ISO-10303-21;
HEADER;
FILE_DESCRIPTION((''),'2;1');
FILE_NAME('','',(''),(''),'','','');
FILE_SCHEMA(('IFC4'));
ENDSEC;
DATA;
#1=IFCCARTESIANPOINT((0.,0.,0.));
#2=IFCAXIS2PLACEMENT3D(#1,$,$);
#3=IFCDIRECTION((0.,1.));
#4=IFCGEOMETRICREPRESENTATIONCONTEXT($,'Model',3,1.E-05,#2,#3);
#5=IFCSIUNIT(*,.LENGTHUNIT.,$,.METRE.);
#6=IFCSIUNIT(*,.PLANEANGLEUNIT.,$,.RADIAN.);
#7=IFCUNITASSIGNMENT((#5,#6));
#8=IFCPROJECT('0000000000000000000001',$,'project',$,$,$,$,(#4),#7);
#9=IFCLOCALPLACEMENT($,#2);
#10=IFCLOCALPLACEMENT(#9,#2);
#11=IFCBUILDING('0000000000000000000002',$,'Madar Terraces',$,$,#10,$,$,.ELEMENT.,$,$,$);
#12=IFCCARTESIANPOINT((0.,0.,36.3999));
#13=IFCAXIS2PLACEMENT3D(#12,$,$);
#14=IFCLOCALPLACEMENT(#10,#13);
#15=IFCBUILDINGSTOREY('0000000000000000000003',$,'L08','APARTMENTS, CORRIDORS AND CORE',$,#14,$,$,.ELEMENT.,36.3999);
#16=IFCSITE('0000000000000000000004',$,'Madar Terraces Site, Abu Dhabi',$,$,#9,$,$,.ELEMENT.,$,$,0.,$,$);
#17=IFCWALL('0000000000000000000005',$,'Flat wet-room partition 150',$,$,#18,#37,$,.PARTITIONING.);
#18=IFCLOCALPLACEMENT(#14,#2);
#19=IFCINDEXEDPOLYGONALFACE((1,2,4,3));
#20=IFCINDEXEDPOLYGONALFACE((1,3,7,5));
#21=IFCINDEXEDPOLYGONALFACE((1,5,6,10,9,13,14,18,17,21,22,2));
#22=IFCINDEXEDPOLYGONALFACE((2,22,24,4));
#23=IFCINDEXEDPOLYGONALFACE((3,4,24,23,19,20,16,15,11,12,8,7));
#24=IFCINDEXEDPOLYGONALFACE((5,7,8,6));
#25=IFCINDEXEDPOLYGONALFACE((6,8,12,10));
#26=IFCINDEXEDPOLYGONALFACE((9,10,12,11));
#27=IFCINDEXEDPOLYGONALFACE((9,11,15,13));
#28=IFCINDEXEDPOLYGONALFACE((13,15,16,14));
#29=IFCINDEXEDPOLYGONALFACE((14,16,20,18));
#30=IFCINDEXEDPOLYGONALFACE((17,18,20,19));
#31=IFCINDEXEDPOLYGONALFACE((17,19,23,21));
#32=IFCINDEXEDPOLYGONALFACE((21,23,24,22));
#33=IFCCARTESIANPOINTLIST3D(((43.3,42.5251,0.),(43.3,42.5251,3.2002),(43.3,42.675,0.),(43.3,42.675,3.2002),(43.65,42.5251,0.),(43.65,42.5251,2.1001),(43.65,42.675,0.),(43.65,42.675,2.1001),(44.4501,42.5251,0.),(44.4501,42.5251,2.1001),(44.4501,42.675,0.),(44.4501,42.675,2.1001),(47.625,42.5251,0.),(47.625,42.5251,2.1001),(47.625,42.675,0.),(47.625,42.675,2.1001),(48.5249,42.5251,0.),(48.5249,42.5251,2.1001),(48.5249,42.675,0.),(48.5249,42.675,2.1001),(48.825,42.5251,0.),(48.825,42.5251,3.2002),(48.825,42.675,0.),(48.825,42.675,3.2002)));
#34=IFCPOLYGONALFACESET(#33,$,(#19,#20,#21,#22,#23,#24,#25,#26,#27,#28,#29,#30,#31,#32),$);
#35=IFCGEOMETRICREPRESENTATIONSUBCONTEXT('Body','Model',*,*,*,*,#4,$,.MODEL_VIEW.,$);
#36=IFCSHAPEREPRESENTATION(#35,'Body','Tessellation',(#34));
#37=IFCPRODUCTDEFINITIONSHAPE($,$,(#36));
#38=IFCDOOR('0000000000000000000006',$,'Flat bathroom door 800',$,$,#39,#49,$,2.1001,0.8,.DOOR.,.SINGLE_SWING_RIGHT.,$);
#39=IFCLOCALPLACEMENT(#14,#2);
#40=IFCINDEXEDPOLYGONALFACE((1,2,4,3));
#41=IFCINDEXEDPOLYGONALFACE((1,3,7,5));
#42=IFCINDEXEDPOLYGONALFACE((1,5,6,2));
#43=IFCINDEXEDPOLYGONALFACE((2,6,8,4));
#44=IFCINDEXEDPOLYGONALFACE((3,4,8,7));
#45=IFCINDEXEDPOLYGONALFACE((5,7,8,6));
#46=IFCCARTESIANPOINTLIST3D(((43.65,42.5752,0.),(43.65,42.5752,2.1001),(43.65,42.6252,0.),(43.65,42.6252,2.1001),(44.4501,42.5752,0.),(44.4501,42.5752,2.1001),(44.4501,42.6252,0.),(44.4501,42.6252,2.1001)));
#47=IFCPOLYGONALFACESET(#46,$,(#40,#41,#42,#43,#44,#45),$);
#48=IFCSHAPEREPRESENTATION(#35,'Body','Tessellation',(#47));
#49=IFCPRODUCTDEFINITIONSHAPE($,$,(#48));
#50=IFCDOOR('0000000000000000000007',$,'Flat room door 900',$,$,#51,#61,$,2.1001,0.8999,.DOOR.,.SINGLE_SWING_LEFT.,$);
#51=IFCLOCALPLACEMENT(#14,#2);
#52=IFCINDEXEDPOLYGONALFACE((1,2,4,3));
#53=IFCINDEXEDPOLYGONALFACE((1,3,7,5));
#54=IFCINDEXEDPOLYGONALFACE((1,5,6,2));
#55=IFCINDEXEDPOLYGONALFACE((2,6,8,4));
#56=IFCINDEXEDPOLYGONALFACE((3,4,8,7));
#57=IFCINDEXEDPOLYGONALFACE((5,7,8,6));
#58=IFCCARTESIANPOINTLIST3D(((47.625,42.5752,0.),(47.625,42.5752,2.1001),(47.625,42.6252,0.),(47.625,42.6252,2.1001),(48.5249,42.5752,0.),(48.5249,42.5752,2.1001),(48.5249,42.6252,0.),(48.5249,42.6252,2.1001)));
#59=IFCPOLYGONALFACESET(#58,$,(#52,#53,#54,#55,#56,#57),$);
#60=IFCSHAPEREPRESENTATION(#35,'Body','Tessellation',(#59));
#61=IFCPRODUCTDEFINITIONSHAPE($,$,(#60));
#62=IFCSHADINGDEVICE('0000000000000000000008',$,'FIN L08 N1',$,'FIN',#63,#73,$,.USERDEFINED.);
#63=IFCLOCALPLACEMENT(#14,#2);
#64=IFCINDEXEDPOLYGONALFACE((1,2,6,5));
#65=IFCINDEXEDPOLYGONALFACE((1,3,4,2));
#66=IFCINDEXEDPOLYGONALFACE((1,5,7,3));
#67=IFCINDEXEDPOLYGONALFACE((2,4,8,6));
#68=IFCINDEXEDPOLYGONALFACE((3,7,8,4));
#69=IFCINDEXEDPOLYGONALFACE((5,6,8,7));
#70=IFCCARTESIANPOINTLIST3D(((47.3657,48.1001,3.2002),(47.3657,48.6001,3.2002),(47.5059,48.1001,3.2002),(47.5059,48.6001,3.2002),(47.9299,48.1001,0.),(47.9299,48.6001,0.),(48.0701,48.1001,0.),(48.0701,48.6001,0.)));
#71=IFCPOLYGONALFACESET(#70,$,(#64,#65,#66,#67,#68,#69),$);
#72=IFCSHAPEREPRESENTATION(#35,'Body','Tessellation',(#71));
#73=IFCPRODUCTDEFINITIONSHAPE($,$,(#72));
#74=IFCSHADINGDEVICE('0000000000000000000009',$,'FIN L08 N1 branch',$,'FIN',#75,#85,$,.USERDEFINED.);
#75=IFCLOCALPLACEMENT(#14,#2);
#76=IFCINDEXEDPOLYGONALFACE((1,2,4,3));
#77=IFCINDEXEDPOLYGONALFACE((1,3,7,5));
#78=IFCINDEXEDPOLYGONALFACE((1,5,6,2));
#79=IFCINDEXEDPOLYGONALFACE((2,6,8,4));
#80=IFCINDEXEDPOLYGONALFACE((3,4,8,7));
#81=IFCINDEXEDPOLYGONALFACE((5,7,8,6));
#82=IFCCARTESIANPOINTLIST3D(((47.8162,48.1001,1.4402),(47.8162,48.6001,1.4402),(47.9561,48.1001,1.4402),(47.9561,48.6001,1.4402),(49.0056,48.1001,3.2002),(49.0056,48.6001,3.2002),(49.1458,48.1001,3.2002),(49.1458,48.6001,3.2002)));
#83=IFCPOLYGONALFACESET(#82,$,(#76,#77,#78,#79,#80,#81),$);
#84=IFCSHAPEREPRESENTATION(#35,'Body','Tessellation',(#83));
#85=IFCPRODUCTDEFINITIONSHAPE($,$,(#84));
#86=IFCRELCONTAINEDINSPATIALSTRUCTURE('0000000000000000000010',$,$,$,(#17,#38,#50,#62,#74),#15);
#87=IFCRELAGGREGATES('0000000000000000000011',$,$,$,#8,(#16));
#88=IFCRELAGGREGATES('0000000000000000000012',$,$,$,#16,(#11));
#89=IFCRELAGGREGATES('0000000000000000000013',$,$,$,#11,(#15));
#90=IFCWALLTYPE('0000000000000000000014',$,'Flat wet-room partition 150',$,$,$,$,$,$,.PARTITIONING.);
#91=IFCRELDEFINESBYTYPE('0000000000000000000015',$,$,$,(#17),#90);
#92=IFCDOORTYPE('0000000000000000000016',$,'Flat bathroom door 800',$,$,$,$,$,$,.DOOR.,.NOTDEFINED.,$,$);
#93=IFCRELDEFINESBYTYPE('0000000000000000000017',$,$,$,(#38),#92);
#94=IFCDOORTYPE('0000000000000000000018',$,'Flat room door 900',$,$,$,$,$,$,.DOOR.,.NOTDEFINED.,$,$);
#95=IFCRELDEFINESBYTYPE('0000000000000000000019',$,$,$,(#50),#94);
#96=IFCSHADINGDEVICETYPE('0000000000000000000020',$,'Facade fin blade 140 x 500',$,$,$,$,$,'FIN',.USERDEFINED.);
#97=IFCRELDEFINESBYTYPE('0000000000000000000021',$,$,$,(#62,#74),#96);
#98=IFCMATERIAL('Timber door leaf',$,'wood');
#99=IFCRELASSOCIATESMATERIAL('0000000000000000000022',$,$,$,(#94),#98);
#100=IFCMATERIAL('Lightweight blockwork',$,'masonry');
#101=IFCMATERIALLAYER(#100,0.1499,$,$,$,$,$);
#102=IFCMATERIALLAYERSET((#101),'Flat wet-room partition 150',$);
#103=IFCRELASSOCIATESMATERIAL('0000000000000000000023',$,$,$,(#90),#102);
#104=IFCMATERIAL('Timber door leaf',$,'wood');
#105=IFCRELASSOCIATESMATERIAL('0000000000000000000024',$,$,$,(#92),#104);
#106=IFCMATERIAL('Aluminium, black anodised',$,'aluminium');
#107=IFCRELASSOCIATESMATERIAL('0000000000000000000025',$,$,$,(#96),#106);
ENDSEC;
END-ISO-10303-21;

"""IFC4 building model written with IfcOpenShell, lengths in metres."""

from ifc_helpers import new_model, si_unit, direction, frame, frame_2d, origin, place, context, subcontext, project, spatial, polyline, rectangle, outline, extrude, material, layer, layer_set, type_object, element, fill, save


model = new_model("IFC4")

# Units and contexts
model_context = context("Model", 3, precision=1e-05, world=origin(), true_north=direction((0.0, 1.0)))
body_context = subcontext(model_context, "Body", "Model", "MODEL_VIEW")
ifc_project = project(units=[si_unit("LENGTHUNIT", "METRE"), si_unit("PLANEANGLEUNIT", "RADIAN")], contexts=[model_context])

# Site, building, storey
site_placement = place(None, origin())
site = spatial("IfcSite", under=ifc_project, at=site_placement, Name="Madar Terraces Site, Abu Dhabi", CompositionType="ELEMENT", RefElevation=0.0)
building_placement = place(site_placement, origin())
building = spatial("IfcBuilding", under=site, at=building_placement, Name="Madar Terraces", CompositionType="ELEMENT")
storey_placement = place(building_placement, frame((0.0, 0.0, 36.3999)))
storey = spatial("IfcBuildingStorey", under=building, at=storey_placement, Name="L08", Description="APARTMENTS, CORRIDORS AND CORE", CompositionType="ELEMENT", Elevation=36.3999)

# Shared definitions
ifc_material_1 = material(Name="Timber door leaf", Category="wood")
door_type_1 = type_object("IfcDoorType", Name="Flat room door 900", OperationType="NOTDEFINED", PredefinedType="DOOR", material=ifc_material_1)

# Shared definitions
ifc_material_2 = material(Name="Lightweight blockwork", Category="masonry")
ifc_layer_1 = layer(ifc_material_2, 0.1499)
ifc_layer_set_1 = layer_set([ifc_layer_1], Name="Flat wet-room partition 150")
wall_type_1 = type_object("IfcWallType", Name="Flat wet-room partition 150", PredefinedType="PARTITIONING", material=ifc_layer_set_1)

# Wall, openings, doors
wall_1_placement = place(storey_placement, frame((48.825, 42.6001, 0.0), z_axis=(0.0, 0.0, 1.0), x_axis=(-1.0, 0.0, 0.0)))
wall_1 = element("IfcWall", 1, at=wall_1_placement, inside=storey, type_object=wall_type_1, Name="Flat wet-room partition 150", PredefinedType="PARTITIONING", context=body_context, shape_type="SweptSolid", body=[
    extrude(rectangle(XDim=5.5249, YDim=0.1499, at=frame_2d((2.7625, 0.0))), origin(), (0.0, 0.0, 1.0), 3.2002),
])
opening_1_placement = place(wall_1_placement, frame((0.3, 0.0, 0.0)))
opening_1 = element("IfcOpeningElement", 2, at=opening_1_placement, cuts=wall_1, PredefinedType="OPENING", context=body_context, shape_type="SweptSolid", body=[
    extrude(rectangle(XDim=0.8999, YDim=2.1001, at=frame_2d((0.45, 1.05))), frame((0.0, 0.085, 0.0), z_axis=(0.0, -1.0, 0.0), x_axis=(1.0, 0.0, 0.0)), (0.0, 0.0, 1.0), 0.1699),
])
opening_2_placement = place(wall_1_placement, frame((4.375, 0.0, 0.0)))
opening_2 = element("IfcOpeningElement", 3, at=opening_2_placement, cuts=wall_1, PredefinedType="OPENING", context=body_context, shape_type="SweptSolid", body=[
    extrude(rectangle(XDim=0.8, YDim=2.1001, at=frame_2d((0.3999, 1.05))), frame((0.0, 0.085, 0.0), z_axis=(0.0, -1.0, 0.0), x_axis=(1.0, 0.0, 0.0)), (0.0, 0.0, 1.0), 0.1699),
])
ifc_material_3 = material(Name="Timber door leaf", Category="wood")
door_type_2 = type_object("IfcDoorType", Name="Flat bathroom door 800", OperationType="NOTDEFINED", PredefinedType="DOOR", material=ifc_material_3)
door_1_placement = place(opening_2_placement, origin())
door_1 = element("IfcDoor", 4, at=door_1_placement, inside=storey, type_object=door_type_2, Name="Flat bathroom door 800", OperationType="SINGLE_SWING_RIGHT", OverallHeight=2.1001, OverallWidth=0.8, PredefinedType="DOOR", context=body_context, shape_type="SweptSolid", body=[
    extrude(rectangle(XDim=0.8, YDim=2.1001, at=frame_2d((0.3999, 1.05))), frame((0.0, 0.0249, 0.0), z_axis=(0.0, -1.0, 0.0), x_axis=(1.0, 0.0, 0.0)), (0.0, 0.0, 1.0), 0.05),
])
fill(opening_2, door_1)
door_2_placement = place(opening_1_placement, origin())
door_2 = element("IfcDoor", 5, at=door_2_placement, inside=storey, type_object=door_type_1, Name="Flat room door 900", OperationType="SINGLE_SWING_LEFT", OverallHeight=2.1001, OverallWidth=0.8999, PredefinedType="DOOR", context=body_context, shape_type="SweptSolid", body=[
    extrude(rectangle(XDim=0.8999, YDim=2.1001, at=frame_2d((0.45, 1.05))), frame((0.0, 0.0249, 0.0), z_axis=(0.0, -1.0, 0.0), x_axis=(1.0, 0.0, 0.0)), (0.0, 0.0, 1.0), 0.05),
])
fill(opening_1, door_2)

# Shading devices
ifc_material_4 = material(Name="Aluminium, black anodised", Category="aluminium")
shading_device_type = type_object("IfcShadingDeviceType", Name="Facade fin blade 140 x 500", ElementType="FIN", PredefinedType="USERDEFINED", material=ifc_material_4)
shading_device_1_placement = place(storey_placement, frame((48.0701, 48.3501, 0.0), z_axis=(0.0, 0.0, 1.0), x_axis=(-1.0, 0.0, 0.0)))
element("IfcShadingDevice", 6, at=shading_device_1_placement, inside=storey, type_object=shading_device_type, Name="FIN L08 N1", ObjectType="FIN", PredefinedType="USERDEFINED", context=body_context, shape_type="SweptSolid", body=[
    extrude(outline(polyline([(0.0, 0.0), (0.1401, 0.0), (0.7043, 3.2002), (0.5642, 3.2002), (0.0, 0.0)])), frame((0.0, 0.25, 0.0), z_axis=(0.0, -1.0, 0.0), x_axis=(1.0, 0.0, 0.0)), (0.0, 0.0, 1.0), 0.5),
])
shading_device_2_placement = place(storey_placement, frame((47.9561, 48.3501, 1.4402), z_axis=(0.0, 0.0, 1.0), x_axis=(-1.0, 0.0, 0.0)))
element("IfcShadingDevice", 7, at=shading_device_2_placement, inside=storey, type_object=shading_device_type, Name="FIN L08 N1 branch", ObjectType="FIN", PredefinedType="USERDEFINED", context=body_context, shape_type="SweptSolid", body=[
    extrude(outline(polyline([(0.0, 0.0), (0.1399, 0.0), (-1.0496, 1.76), (-1.1897, 1.76), (0.0, 0.0)])), frame((0.0, 0.25, 0.0), z_axis=(0.0, -1.0, 0.0), x_axis=(1.0, 0.0, 0.0)), (0.0, 0.0, 1.0), 0.5),
])

save(model, "model.ifc")
